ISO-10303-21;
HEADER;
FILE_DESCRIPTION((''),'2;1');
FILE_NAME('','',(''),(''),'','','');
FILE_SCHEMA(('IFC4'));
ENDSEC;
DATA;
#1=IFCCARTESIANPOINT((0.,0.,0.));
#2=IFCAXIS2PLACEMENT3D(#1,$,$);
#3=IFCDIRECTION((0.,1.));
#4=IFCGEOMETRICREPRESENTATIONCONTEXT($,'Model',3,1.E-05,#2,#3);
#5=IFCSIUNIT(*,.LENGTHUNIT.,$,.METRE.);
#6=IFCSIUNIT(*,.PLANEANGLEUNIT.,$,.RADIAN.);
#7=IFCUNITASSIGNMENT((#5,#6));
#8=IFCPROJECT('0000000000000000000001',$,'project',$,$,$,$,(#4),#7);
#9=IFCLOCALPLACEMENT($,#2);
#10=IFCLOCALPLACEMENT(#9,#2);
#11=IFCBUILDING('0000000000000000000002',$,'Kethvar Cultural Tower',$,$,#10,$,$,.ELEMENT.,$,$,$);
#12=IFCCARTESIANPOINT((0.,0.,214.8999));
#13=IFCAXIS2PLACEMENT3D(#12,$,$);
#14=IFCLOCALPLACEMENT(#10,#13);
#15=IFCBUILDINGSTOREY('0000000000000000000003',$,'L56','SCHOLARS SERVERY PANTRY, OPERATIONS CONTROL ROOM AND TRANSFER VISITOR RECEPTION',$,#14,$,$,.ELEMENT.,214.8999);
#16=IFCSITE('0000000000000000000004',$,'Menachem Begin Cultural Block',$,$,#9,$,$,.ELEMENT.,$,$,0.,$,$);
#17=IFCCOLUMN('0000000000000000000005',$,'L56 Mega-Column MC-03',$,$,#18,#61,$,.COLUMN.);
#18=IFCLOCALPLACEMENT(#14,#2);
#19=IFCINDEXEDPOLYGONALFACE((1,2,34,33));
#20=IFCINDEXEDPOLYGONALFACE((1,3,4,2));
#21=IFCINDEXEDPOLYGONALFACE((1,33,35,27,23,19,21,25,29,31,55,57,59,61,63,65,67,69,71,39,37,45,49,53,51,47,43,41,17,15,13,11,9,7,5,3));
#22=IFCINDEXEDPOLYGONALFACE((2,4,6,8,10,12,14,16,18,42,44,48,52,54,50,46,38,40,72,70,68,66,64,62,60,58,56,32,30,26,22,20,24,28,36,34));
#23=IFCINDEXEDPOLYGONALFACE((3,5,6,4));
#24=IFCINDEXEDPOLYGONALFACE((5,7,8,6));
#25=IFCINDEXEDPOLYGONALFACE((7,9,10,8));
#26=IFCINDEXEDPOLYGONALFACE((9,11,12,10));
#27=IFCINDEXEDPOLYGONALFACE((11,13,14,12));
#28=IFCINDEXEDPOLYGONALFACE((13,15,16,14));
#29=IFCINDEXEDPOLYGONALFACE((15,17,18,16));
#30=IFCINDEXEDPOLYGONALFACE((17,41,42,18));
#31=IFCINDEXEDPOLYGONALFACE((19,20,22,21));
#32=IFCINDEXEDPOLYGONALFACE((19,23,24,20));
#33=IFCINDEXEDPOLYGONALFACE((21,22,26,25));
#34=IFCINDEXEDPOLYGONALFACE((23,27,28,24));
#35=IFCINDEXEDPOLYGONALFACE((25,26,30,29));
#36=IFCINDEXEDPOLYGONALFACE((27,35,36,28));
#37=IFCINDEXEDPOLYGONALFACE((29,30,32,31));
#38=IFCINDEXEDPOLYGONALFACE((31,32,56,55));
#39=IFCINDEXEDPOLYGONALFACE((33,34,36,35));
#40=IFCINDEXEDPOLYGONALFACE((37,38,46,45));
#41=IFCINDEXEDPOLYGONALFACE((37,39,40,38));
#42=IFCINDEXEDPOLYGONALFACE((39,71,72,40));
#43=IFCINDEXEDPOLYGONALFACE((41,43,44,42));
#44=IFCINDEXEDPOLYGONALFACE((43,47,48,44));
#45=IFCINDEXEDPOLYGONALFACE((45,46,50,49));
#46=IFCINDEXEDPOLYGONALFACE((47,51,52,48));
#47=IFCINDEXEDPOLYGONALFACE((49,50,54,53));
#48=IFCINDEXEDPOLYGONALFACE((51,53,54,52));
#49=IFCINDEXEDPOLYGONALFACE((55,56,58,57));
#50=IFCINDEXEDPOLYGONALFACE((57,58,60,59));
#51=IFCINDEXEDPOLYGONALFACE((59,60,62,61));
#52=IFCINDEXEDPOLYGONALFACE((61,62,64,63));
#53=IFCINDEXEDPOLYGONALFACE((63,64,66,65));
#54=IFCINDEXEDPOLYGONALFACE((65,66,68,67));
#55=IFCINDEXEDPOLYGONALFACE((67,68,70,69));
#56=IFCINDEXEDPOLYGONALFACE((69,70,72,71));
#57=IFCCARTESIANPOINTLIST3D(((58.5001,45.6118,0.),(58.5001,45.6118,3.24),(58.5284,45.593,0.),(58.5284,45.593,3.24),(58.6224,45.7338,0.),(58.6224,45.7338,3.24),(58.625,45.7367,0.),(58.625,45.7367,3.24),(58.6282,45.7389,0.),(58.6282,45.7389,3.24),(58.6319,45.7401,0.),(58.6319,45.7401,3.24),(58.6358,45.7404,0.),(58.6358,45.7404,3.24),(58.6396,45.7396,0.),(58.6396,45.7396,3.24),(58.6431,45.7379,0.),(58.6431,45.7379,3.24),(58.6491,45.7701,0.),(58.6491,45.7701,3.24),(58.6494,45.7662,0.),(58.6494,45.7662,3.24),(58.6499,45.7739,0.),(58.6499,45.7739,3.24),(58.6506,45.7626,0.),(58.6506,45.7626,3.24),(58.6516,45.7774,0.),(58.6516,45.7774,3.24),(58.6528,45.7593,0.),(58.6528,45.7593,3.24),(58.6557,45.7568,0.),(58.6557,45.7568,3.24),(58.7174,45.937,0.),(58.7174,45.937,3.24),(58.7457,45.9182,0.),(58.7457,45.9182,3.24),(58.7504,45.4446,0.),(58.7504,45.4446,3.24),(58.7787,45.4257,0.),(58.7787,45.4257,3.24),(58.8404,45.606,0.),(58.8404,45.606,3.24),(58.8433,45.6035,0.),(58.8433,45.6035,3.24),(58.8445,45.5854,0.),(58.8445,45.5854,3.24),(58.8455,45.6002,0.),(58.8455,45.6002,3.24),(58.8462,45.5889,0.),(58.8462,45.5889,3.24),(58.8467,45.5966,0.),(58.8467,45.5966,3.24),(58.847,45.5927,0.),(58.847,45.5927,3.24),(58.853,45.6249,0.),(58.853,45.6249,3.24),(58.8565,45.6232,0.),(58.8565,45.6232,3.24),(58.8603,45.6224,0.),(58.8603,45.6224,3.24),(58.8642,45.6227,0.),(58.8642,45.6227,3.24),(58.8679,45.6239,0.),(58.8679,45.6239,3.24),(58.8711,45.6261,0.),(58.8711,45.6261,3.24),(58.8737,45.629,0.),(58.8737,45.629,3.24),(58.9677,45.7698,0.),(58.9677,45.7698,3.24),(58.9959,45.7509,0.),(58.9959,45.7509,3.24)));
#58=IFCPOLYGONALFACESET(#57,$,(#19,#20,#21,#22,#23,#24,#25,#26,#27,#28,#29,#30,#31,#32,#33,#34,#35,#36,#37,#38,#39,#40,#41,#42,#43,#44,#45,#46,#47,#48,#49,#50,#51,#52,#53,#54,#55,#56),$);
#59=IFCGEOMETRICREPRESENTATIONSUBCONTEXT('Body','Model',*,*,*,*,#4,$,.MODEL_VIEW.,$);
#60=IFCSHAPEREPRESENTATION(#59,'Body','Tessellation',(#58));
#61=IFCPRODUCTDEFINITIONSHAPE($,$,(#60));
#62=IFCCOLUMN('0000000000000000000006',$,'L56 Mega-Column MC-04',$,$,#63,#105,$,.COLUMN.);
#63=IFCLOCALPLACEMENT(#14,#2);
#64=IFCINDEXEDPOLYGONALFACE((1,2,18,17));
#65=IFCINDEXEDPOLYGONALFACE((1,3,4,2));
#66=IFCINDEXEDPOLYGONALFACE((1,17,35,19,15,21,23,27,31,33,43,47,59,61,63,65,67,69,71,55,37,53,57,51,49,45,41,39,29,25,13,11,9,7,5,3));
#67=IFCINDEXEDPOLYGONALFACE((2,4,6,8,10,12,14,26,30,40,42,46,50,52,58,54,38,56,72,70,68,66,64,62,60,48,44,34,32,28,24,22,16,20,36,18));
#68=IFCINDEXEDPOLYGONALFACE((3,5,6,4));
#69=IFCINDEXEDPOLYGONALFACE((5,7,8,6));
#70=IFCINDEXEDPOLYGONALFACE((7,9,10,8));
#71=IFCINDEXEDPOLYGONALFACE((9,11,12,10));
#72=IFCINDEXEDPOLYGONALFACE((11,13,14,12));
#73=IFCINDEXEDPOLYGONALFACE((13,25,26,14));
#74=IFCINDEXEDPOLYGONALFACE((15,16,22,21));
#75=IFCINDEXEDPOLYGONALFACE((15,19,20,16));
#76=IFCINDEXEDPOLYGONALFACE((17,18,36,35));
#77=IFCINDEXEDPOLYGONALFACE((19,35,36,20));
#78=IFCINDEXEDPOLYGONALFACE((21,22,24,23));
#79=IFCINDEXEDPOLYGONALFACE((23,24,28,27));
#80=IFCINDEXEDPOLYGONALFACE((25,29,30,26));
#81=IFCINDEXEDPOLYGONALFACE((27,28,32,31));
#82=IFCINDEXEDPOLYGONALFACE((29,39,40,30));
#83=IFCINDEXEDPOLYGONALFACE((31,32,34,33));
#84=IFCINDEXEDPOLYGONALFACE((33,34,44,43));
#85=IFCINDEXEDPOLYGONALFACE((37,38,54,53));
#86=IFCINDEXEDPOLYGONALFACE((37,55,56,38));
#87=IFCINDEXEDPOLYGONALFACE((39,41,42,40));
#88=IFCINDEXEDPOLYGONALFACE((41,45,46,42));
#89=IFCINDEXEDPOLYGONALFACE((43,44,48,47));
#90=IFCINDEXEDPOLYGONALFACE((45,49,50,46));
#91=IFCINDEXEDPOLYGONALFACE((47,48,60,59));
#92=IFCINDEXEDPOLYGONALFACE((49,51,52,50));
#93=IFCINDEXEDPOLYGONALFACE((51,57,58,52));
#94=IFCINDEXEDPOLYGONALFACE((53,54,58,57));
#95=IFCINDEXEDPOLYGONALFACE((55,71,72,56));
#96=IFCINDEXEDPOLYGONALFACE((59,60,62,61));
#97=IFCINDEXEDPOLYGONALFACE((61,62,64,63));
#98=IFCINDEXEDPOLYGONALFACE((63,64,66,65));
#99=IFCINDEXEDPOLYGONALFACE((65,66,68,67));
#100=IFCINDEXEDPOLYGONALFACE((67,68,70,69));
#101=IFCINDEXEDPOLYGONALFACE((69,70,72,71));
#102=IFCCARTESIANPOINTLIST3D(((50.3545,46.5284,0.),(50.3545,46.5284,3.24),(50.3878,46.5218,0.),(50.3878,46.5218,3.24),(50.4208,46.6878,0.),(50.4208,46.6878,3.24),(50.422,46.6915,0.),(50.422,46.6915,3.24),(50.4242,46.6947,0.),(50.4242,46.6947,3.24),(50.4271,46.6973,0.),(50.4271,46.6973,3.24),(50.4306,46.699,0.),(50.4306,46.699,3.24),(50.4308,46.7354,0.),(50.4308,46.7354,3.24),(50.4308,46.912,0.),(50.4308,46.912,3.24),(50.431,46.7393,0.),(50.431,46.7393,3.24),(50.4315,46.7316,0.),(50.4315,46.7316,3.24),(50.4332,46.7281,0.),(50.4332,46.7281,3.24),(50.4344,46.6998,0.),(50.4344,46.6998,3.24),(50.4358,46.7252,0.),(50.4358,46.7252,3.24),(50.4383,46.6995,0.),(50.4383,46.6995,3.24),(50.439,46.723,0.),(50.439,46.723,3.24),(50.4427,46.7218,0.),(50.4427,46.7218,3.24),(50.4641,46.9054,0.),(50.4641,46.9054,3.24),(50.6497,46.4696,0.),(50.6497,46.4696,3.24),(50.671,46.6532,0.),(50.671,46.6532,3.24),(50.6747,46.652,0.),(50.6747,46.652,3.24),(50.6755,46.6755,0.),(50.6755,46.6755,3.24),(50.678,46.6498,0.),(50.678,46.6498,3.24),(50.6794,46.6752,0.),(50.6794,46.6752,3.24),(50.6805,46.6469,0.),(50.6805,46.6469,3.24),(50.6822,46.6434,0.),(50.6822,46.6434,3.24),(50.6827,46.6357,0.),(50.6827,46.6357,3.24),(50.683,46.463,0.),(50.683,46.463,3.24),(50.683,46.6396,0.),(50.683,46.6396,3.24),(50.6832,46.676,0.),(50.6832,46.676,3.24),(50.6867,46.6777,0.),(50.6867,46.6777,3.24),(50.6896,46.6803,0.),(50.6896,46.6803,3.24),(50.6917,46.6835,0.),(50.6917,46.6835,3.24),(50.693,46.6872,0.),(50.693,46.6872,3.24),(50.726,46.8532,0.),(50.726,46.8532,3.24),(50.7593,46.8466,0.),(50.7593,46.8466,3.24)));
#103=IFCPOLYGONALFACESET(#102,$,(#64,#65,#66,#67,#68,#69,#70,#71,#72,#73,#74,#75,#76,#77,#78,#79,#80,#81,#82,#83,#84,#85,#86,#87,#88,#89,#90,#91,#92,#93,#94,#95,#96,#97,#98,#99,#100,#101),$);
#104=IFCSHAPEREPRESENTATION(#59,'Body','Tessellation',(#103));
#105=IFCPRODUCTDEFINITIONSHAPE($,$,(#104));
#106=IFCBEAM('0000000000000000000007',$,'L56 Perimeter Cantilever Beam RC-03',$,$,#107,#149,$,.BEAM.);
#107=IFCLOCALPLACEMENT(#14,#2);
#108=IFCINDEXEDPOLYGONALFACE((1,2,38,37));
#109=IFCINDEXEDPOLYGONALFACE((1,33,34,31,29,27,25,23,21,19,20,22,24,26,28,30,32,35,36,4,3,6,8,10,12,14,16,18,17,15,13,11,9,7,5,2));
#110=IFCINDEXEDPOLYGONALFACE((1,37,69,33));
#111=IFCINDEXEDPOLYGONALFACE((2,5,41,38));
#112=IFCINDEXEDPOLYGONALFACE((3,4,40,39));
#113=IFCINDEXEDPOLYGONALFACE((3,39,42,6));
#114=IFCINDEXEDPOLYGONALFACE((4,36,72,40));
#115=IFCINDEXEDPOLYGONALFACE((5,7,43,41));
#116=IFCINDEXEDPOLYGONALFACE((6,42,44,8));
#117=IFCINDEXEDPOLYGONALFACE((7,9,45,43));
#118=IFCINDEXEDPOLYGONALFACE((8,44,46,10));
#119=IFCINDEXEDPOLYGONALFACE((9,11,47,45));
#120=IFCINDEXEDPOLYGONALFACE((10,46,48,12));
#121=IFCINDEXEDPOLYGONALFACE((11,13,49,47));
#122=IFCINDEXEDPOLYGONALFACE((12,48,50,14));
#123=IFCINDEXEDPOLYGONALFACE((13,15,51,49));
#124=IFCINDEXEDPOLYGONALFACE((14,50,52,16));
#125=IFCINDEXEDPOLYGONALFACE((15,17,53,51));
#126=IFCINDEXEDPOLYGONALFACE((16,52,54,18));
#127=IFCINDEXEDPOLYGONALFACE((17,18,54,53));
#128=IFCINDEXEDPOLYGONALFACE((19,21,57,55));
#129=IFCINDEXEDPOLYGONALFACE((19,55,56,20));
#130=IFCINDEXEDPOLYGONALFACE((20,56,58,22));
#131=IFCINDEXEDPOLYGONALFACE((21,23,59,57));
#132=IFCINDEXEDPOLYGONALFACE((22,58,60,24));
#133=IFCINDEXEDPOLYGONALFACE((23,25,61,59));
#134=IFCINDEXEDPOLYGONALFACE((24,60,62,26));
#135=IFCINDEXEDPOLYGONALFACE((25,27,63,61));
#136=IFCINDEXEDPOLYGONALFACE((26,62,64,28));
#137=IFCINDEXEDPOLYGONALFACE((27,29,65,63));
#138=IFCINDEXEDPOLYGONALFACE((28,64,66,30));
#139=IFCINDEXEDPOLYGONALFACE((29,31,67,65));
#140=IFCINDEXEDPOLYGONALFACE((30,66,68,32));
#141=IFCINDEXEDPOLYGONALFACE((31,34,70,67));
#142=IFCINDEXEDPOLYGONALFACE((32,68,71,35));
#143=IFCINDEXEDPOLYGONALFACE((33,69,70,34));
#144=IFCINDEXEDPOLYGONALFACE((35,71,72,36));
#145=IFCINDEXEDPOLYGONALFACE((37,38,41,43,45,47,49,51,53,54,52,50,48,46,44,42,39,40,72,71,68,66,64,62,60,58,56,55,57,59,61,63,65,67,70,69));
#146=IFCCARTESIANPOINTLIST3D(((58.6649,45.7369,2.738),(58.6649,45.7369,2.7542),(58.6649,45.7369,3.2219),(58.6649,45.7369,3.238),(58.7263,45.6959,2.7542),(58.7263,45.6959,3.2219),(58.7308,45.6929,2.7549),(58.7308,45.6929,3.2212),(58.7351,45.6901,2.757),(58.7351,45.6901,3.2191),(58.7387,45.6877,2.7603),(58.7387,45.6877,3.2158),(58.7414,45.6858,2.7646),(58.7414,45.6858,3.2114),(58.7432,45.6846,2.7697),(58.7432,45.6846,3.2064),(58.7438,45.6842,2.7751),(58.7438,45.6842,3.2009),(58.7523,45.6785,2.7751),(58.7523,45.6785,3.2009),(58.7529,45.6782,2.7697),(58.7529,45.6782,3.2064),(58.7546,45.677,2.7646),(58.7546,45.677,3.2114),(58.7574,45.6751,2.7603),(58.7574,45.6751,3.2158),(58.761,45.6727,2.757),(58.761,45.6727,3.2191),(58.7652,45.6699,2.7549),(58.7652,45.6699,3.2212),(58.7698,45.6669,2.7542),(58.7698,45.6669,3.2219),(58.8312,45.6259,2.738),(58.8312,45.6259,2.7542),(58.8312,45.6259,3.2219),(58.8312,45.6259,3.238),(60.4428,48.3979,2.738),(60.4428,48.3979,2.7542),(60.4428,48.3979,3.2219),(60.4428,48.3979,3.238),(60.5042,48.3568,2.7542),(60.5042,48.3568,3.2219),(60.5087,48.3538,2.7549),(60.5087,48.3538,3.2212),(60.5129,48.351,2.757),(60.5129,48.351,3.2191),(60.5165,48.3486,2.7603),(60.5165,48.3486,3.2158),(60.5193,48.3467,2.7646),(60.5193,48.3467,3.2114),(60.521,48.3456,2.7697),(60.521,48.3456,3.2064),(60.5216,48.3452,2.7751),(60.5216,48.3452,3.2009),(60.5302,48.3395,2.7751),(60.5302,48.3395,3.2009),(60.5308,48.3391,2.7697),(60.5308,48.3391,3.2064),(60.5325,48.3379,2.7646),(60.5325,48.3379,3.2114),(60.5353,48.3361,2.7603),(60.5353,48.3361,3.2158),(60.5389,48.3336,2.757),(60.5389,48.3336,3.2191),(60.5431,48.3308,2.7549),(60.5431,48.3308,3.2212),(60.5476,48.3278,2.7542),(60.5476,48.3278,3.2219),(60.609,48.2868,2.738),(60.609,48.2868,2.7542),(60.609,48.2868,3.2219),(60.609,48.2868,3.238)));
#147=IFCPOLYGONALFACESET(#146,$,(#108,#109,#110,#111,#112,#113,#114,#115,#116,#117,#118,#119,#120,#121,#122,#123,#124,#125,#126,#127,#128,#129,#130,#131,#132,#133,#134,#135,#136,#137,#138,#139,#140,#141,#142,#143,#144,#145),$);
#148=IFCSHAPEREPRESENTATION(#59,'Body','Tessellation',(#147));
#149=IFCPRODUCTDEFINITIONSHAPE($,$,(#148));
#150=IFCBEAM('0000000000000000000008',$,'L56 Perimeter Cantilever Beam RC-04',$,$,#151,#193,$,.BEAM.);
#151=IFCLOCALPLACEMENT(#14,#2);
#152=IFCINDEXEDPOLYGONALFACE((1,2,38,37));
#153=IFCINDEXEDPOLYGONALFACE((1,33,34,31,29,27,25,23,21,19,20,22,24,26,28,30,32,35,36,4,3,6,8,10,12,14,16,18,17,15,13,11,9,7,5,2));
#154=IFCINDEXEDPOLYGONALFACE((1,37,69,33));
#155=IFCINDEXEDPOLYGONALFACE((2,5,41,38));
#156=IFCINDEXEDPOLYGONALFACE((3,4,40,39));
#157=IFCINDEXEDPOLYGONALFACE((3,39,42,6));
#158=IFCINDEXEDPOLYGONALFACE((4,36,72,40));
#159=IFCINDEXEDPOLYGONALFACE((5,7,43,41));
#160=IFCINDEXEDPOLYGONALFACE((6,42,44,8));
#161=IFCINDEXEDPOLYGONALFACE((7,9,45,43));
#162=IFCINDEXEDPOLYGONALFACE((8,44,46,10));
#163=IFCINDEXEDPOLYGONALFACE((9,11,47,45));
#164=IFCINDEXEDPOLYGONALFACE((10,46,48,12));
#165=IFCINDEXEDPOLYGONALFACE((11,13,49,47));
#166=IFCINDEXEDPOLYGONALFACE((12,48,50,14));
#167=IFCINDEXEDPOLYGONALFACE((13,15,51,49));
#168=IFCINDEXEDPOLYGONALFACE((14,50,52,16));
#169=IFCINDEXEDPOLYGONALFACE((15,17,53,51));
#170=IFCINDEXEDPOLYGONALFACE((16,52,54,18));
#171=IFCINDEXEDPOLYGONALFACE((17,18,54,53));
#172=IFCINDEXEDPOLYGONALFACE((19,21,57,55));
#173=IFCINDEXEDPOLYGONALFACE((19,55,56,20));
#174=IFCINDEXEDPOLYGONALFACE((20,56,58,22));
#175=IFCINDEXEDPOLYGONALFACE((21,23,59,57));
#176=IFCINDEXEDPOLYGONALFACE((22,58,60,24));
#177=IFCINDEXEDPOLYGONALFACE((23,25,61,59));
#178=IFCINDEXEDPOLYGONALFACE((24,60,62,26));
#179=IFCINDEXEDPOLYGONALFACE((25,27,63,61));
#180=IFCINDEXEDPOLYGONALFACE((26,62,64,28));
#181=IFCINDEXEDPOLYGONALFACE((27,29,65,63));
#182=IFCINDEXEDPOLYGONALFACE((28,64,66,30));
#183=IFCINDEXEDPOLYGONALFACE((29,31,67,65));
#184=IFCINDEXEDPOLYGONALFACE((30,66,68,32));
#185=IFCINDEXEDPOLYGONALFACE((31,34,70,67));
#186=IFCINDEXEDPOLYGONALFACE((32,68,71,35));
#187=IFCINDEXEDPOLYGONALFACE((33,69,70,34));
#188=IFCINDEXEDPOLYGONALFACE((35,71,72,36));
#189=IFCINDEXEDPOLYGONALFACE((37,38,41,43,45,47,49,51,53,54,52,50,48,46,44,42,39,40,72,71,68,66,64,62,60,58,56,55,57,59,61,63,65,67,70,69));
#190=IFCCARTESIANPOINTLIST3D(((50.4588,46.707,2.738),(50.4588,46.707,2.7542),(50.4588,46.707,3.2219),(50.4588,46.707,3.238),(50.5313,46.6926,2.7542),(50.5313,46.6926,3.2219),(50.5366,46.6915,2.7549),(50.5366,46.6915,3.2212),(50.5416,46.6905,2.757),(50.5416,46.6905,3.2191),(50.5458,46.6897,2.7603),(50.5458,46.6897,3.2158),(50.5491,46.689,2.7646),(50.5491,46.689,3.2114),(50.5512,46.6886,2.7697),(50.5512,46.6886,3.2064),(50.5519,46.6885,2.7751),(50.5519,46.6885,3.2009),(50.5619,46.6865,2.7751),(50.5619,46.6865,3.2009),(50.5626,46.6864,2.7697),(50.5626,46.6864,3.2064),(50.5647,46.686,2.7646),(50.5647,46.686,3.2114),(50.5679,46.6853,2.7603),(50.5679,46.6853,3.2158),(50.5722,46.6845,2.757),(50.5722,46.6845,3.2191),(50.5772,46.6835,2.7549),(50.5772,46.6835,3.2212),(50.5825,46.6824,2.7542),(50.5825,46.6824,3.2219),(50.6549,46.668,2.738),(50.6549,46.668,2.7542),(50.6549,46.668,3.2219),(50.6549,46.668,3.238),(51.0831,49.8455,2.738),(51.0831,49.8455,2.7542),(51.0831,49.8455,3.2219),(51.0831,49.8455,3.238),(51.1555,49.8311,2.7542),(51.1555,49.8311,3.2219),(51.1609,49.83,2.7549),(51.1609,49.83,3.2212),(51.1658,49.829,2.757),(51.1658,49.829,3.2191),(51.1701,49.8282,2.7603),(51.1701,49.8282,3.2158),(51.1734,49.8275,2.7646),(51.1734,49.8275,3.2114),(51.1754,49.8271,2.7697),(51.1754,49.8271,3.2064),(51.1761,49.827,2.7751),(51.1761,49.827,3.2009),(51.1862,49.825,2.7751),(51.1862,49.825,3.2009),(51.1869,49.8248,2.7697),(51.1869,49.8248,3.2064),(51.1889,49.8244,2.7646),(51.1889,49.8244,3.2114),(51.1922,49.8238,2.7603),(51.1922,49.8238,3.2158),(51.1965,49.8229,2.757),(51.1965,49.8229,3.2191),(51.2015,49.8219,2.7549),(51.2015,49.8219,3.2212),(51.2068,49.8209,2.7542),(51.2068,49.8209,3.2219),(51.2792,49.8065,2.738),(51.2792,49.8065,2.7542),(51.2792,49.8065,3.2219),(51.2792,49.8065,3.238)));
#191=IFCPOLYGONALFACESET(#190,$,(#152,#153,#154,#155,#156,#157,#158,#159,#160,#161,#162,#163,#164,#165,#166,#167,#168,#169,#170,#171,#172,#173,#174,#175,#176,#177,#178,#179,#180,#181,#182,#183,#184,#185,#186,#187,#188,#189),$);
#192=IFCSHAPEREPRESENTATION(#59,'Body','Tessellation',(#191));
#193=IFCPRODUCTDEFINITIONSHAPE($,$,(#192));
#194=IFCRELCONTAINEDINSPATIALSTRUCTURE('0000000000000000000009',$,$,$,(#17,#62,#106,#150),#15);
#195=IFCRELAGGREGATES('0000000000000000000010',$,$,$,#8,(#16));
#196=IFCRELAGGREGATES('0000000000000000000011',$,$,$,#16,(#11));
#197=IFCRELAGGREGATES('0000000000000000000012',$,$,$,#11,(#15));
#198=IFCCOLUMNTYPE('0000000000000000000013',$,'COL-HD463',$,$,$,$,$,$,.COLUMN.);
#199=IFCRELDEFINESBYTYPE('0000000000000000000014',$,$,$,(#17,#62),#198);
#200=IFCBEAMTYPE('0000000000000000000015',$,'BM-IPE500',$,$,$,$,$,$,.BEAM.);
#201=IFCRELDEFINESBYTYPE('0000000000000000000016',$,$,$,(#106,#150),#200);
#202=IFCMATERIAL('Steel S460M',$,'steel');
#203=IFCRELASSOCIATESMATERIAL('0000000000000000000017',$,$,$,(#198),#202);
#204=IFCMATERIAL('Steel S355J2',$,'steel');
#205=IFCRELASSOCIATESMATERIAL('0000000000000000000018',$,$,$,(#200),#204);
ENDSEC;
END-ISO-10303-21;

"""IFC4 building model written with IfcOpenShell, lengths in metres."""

from ifc_helpers import new_model, si_unit, direction, frame, origin, origin_2d, place, context, subcontext, project, spatial, i_section, extrude, source, transform, mapped, material, material_profile, profile_set, type_object, element, save


model = new_model("IFC4")

# Units and contexts
model_context = context("Model", 3, precision=1e-05, world=origin(), true_north=direction((0.0, 1.0)))
body_context = subcontext(model_context, "Body", "Model", "MODEL_VIEW")
ifc_project = project(units=[si_unit("LENGTHUNIT", "METRE"), si_unit("PLANEANGLEUNIT", "RADIAN")], contexts=[model_context])

# Site, building, storey
site_placement = place(None, origin())
site = spatial("IfcSite", under=ifc_project, at=site_placement, Name="Menachem Begin Cultural Block", CompositionType="ELEMENT", RefElevation=0.0)
building_placement = place(site_placement, origin())
building = spatial("IfcBuilding", under=site, at=building_placement, Name="Kethvar Cultural Tower", CompositionType="ELEMENT")
storey_placement = place(building_placement, frame((0.0, 0.0, 214.8999)))
storey = spatial("IfcBuildingStorey", under=building, at=storey_placement, Name="L56", Description="SCHOLARS SERVERY PANTRY, OPERATIONS CONTROL ROOM AND TRANSFER VISITOR RECEPTION", CompositionType="ELEMENT", Elevation=214.8999)

# Columns
ifc_material_1 = material(Name="Steel S460M", Category="steel")
ifc_material_profile_1 = material_profile(ifc_material_1, i_section(OverallWidth=0.3911, OverallDepth=0.335, WebThickness=0.0227, FlangeThickness=0.0339, FilletRadius=0.0149, at=origin_2d()), Name="Steel S460M — HD400x463")
ifc_profile_set_1 = profile_set([ifc_material_profile_1], Name="Steel S460M — HD400x463")
column_type = type_object("IfcColumnType", Name="COL-HD463", PredefinedType="COLUMN", material=ifc_profile_set_1)
shared_shape_1 = source(origin(), body_context, "Body", "SweptSolid", [
    extrude(i_section(OverallWidth=0.3911, OverallDepth=0.335, WebThickness=0.0227, FlangeThickness=0.0339, FilletRadius=0.0149, at=origin_2d()), origin(), (0.0, 0.0, 1.0), 3.24),
])
for number, where, z_axis, x_axis, name in (
    (1, (58.748, 45.6814, 0.0), (0.0, 0.0, 1.0), (0.55557, 0.83147, 0.0), "L56 Mega-Column MC-03"),
    (2, (50.5569, 46.6875, 0.0), (0.0, 0.0, 1.0), (0.19509, 0.980785, 0.0), "L56 Mega-Column MC-04"),
):
    element("IfcColumn", number, at=place(storey_placement, frame(where, z_axis=z_axis, x_axis=x_axis)), inside=storey, type_object=column_type, Name=name, PredefinedType="COLUMN", context=body_context, shape_type="MappedRepresentation", body=[
        mapped(shared_shape_1, transform((0.0, 0.0, 0.0), scale=1.0)),
    ])

# Beams
ifc_material_2 = material(Name="Steel S355J2", Category="steel")
ifc_material_profile_2 = material_profile(ifc_material_2, i_section(OverallWidth=0.2, OverallDepth=0.5, WebThickness=0.0103, FlangeThickness=0.0161, FilletRadius=0.021, at=origin_2d()), Name="Steel S355J2 — IPE500")
ifc_profile_set_2 = profile_set([ifc_material_profile_2], Name="Steel S355J2 — IPE500")
beam_type_1 = type_object("IfcBeamType", Name="BM-IPE500", PredefinedType="BEAM", material=ifc_profile_set_2)
shared_shape_2 = source(origin(), body_context, "Body", "SweptSolid", [
    extrude(i_section(OverallWidth=0.2, OverallDepth=0.5, WebThickness=0.0103, FlangeThickness=0.0161, FilletRadius=0.021, at=origin_2d()), origin(), (0.0, 0.0, 1.0), 3.2002),
])
beam_1_placement = place(storey_placement, frame((58.748, 45.6814, 2.988), z_axis=(0.555545, 0.831486, 0.0), x_axis=(-0.831486, 0.555545, 0.0)))
element("IfcBeam", 3, at=beam_1_placement, inside=storey, type_object=beam_type_1, Name="L56 Perimeter Cantilever Beam RC-03", PredefinedType="BEAM", context=body_context, shape_type="MappedRepresentation", body=[
    mapped(shared_shape_2, transform((0.0, 0.0, 0.0), scale=1.0)),
])
shared_shape_3 = source(origin(), body_context, "Body", "SweptSolid", [
    extrude(i_section(OverallWidth=0.2, OverallDepth=0.5, WebThickness=0.0103, FlangeThickness=0.0161, FilletRadius=0.021, at=origin_2d()), origin(), (0.0, 0.0, 1.0), 3.2),
])
beam_2_placement = place(storey_placement, frame((50.5569, 46.6875, 2.988), z_axis=(0.195089, 0.980786, 0.0), x_axis=(-0.980786, 0.195089, 0.0)))
element("IfcBeam", 4, at=beam_2_placement, inside=storey, type_object=beam_type_1, Name="L56 Perimeter Cantilever Beam RC-04", PredefinedType="BEAM", context=body_context, shape_type="MappedRepresentation", body=[
    mapped(shared_shape_3, transform((0.0, 0.0, 0.0), scale=1.0)),
])

save(model, "model.ifc")
